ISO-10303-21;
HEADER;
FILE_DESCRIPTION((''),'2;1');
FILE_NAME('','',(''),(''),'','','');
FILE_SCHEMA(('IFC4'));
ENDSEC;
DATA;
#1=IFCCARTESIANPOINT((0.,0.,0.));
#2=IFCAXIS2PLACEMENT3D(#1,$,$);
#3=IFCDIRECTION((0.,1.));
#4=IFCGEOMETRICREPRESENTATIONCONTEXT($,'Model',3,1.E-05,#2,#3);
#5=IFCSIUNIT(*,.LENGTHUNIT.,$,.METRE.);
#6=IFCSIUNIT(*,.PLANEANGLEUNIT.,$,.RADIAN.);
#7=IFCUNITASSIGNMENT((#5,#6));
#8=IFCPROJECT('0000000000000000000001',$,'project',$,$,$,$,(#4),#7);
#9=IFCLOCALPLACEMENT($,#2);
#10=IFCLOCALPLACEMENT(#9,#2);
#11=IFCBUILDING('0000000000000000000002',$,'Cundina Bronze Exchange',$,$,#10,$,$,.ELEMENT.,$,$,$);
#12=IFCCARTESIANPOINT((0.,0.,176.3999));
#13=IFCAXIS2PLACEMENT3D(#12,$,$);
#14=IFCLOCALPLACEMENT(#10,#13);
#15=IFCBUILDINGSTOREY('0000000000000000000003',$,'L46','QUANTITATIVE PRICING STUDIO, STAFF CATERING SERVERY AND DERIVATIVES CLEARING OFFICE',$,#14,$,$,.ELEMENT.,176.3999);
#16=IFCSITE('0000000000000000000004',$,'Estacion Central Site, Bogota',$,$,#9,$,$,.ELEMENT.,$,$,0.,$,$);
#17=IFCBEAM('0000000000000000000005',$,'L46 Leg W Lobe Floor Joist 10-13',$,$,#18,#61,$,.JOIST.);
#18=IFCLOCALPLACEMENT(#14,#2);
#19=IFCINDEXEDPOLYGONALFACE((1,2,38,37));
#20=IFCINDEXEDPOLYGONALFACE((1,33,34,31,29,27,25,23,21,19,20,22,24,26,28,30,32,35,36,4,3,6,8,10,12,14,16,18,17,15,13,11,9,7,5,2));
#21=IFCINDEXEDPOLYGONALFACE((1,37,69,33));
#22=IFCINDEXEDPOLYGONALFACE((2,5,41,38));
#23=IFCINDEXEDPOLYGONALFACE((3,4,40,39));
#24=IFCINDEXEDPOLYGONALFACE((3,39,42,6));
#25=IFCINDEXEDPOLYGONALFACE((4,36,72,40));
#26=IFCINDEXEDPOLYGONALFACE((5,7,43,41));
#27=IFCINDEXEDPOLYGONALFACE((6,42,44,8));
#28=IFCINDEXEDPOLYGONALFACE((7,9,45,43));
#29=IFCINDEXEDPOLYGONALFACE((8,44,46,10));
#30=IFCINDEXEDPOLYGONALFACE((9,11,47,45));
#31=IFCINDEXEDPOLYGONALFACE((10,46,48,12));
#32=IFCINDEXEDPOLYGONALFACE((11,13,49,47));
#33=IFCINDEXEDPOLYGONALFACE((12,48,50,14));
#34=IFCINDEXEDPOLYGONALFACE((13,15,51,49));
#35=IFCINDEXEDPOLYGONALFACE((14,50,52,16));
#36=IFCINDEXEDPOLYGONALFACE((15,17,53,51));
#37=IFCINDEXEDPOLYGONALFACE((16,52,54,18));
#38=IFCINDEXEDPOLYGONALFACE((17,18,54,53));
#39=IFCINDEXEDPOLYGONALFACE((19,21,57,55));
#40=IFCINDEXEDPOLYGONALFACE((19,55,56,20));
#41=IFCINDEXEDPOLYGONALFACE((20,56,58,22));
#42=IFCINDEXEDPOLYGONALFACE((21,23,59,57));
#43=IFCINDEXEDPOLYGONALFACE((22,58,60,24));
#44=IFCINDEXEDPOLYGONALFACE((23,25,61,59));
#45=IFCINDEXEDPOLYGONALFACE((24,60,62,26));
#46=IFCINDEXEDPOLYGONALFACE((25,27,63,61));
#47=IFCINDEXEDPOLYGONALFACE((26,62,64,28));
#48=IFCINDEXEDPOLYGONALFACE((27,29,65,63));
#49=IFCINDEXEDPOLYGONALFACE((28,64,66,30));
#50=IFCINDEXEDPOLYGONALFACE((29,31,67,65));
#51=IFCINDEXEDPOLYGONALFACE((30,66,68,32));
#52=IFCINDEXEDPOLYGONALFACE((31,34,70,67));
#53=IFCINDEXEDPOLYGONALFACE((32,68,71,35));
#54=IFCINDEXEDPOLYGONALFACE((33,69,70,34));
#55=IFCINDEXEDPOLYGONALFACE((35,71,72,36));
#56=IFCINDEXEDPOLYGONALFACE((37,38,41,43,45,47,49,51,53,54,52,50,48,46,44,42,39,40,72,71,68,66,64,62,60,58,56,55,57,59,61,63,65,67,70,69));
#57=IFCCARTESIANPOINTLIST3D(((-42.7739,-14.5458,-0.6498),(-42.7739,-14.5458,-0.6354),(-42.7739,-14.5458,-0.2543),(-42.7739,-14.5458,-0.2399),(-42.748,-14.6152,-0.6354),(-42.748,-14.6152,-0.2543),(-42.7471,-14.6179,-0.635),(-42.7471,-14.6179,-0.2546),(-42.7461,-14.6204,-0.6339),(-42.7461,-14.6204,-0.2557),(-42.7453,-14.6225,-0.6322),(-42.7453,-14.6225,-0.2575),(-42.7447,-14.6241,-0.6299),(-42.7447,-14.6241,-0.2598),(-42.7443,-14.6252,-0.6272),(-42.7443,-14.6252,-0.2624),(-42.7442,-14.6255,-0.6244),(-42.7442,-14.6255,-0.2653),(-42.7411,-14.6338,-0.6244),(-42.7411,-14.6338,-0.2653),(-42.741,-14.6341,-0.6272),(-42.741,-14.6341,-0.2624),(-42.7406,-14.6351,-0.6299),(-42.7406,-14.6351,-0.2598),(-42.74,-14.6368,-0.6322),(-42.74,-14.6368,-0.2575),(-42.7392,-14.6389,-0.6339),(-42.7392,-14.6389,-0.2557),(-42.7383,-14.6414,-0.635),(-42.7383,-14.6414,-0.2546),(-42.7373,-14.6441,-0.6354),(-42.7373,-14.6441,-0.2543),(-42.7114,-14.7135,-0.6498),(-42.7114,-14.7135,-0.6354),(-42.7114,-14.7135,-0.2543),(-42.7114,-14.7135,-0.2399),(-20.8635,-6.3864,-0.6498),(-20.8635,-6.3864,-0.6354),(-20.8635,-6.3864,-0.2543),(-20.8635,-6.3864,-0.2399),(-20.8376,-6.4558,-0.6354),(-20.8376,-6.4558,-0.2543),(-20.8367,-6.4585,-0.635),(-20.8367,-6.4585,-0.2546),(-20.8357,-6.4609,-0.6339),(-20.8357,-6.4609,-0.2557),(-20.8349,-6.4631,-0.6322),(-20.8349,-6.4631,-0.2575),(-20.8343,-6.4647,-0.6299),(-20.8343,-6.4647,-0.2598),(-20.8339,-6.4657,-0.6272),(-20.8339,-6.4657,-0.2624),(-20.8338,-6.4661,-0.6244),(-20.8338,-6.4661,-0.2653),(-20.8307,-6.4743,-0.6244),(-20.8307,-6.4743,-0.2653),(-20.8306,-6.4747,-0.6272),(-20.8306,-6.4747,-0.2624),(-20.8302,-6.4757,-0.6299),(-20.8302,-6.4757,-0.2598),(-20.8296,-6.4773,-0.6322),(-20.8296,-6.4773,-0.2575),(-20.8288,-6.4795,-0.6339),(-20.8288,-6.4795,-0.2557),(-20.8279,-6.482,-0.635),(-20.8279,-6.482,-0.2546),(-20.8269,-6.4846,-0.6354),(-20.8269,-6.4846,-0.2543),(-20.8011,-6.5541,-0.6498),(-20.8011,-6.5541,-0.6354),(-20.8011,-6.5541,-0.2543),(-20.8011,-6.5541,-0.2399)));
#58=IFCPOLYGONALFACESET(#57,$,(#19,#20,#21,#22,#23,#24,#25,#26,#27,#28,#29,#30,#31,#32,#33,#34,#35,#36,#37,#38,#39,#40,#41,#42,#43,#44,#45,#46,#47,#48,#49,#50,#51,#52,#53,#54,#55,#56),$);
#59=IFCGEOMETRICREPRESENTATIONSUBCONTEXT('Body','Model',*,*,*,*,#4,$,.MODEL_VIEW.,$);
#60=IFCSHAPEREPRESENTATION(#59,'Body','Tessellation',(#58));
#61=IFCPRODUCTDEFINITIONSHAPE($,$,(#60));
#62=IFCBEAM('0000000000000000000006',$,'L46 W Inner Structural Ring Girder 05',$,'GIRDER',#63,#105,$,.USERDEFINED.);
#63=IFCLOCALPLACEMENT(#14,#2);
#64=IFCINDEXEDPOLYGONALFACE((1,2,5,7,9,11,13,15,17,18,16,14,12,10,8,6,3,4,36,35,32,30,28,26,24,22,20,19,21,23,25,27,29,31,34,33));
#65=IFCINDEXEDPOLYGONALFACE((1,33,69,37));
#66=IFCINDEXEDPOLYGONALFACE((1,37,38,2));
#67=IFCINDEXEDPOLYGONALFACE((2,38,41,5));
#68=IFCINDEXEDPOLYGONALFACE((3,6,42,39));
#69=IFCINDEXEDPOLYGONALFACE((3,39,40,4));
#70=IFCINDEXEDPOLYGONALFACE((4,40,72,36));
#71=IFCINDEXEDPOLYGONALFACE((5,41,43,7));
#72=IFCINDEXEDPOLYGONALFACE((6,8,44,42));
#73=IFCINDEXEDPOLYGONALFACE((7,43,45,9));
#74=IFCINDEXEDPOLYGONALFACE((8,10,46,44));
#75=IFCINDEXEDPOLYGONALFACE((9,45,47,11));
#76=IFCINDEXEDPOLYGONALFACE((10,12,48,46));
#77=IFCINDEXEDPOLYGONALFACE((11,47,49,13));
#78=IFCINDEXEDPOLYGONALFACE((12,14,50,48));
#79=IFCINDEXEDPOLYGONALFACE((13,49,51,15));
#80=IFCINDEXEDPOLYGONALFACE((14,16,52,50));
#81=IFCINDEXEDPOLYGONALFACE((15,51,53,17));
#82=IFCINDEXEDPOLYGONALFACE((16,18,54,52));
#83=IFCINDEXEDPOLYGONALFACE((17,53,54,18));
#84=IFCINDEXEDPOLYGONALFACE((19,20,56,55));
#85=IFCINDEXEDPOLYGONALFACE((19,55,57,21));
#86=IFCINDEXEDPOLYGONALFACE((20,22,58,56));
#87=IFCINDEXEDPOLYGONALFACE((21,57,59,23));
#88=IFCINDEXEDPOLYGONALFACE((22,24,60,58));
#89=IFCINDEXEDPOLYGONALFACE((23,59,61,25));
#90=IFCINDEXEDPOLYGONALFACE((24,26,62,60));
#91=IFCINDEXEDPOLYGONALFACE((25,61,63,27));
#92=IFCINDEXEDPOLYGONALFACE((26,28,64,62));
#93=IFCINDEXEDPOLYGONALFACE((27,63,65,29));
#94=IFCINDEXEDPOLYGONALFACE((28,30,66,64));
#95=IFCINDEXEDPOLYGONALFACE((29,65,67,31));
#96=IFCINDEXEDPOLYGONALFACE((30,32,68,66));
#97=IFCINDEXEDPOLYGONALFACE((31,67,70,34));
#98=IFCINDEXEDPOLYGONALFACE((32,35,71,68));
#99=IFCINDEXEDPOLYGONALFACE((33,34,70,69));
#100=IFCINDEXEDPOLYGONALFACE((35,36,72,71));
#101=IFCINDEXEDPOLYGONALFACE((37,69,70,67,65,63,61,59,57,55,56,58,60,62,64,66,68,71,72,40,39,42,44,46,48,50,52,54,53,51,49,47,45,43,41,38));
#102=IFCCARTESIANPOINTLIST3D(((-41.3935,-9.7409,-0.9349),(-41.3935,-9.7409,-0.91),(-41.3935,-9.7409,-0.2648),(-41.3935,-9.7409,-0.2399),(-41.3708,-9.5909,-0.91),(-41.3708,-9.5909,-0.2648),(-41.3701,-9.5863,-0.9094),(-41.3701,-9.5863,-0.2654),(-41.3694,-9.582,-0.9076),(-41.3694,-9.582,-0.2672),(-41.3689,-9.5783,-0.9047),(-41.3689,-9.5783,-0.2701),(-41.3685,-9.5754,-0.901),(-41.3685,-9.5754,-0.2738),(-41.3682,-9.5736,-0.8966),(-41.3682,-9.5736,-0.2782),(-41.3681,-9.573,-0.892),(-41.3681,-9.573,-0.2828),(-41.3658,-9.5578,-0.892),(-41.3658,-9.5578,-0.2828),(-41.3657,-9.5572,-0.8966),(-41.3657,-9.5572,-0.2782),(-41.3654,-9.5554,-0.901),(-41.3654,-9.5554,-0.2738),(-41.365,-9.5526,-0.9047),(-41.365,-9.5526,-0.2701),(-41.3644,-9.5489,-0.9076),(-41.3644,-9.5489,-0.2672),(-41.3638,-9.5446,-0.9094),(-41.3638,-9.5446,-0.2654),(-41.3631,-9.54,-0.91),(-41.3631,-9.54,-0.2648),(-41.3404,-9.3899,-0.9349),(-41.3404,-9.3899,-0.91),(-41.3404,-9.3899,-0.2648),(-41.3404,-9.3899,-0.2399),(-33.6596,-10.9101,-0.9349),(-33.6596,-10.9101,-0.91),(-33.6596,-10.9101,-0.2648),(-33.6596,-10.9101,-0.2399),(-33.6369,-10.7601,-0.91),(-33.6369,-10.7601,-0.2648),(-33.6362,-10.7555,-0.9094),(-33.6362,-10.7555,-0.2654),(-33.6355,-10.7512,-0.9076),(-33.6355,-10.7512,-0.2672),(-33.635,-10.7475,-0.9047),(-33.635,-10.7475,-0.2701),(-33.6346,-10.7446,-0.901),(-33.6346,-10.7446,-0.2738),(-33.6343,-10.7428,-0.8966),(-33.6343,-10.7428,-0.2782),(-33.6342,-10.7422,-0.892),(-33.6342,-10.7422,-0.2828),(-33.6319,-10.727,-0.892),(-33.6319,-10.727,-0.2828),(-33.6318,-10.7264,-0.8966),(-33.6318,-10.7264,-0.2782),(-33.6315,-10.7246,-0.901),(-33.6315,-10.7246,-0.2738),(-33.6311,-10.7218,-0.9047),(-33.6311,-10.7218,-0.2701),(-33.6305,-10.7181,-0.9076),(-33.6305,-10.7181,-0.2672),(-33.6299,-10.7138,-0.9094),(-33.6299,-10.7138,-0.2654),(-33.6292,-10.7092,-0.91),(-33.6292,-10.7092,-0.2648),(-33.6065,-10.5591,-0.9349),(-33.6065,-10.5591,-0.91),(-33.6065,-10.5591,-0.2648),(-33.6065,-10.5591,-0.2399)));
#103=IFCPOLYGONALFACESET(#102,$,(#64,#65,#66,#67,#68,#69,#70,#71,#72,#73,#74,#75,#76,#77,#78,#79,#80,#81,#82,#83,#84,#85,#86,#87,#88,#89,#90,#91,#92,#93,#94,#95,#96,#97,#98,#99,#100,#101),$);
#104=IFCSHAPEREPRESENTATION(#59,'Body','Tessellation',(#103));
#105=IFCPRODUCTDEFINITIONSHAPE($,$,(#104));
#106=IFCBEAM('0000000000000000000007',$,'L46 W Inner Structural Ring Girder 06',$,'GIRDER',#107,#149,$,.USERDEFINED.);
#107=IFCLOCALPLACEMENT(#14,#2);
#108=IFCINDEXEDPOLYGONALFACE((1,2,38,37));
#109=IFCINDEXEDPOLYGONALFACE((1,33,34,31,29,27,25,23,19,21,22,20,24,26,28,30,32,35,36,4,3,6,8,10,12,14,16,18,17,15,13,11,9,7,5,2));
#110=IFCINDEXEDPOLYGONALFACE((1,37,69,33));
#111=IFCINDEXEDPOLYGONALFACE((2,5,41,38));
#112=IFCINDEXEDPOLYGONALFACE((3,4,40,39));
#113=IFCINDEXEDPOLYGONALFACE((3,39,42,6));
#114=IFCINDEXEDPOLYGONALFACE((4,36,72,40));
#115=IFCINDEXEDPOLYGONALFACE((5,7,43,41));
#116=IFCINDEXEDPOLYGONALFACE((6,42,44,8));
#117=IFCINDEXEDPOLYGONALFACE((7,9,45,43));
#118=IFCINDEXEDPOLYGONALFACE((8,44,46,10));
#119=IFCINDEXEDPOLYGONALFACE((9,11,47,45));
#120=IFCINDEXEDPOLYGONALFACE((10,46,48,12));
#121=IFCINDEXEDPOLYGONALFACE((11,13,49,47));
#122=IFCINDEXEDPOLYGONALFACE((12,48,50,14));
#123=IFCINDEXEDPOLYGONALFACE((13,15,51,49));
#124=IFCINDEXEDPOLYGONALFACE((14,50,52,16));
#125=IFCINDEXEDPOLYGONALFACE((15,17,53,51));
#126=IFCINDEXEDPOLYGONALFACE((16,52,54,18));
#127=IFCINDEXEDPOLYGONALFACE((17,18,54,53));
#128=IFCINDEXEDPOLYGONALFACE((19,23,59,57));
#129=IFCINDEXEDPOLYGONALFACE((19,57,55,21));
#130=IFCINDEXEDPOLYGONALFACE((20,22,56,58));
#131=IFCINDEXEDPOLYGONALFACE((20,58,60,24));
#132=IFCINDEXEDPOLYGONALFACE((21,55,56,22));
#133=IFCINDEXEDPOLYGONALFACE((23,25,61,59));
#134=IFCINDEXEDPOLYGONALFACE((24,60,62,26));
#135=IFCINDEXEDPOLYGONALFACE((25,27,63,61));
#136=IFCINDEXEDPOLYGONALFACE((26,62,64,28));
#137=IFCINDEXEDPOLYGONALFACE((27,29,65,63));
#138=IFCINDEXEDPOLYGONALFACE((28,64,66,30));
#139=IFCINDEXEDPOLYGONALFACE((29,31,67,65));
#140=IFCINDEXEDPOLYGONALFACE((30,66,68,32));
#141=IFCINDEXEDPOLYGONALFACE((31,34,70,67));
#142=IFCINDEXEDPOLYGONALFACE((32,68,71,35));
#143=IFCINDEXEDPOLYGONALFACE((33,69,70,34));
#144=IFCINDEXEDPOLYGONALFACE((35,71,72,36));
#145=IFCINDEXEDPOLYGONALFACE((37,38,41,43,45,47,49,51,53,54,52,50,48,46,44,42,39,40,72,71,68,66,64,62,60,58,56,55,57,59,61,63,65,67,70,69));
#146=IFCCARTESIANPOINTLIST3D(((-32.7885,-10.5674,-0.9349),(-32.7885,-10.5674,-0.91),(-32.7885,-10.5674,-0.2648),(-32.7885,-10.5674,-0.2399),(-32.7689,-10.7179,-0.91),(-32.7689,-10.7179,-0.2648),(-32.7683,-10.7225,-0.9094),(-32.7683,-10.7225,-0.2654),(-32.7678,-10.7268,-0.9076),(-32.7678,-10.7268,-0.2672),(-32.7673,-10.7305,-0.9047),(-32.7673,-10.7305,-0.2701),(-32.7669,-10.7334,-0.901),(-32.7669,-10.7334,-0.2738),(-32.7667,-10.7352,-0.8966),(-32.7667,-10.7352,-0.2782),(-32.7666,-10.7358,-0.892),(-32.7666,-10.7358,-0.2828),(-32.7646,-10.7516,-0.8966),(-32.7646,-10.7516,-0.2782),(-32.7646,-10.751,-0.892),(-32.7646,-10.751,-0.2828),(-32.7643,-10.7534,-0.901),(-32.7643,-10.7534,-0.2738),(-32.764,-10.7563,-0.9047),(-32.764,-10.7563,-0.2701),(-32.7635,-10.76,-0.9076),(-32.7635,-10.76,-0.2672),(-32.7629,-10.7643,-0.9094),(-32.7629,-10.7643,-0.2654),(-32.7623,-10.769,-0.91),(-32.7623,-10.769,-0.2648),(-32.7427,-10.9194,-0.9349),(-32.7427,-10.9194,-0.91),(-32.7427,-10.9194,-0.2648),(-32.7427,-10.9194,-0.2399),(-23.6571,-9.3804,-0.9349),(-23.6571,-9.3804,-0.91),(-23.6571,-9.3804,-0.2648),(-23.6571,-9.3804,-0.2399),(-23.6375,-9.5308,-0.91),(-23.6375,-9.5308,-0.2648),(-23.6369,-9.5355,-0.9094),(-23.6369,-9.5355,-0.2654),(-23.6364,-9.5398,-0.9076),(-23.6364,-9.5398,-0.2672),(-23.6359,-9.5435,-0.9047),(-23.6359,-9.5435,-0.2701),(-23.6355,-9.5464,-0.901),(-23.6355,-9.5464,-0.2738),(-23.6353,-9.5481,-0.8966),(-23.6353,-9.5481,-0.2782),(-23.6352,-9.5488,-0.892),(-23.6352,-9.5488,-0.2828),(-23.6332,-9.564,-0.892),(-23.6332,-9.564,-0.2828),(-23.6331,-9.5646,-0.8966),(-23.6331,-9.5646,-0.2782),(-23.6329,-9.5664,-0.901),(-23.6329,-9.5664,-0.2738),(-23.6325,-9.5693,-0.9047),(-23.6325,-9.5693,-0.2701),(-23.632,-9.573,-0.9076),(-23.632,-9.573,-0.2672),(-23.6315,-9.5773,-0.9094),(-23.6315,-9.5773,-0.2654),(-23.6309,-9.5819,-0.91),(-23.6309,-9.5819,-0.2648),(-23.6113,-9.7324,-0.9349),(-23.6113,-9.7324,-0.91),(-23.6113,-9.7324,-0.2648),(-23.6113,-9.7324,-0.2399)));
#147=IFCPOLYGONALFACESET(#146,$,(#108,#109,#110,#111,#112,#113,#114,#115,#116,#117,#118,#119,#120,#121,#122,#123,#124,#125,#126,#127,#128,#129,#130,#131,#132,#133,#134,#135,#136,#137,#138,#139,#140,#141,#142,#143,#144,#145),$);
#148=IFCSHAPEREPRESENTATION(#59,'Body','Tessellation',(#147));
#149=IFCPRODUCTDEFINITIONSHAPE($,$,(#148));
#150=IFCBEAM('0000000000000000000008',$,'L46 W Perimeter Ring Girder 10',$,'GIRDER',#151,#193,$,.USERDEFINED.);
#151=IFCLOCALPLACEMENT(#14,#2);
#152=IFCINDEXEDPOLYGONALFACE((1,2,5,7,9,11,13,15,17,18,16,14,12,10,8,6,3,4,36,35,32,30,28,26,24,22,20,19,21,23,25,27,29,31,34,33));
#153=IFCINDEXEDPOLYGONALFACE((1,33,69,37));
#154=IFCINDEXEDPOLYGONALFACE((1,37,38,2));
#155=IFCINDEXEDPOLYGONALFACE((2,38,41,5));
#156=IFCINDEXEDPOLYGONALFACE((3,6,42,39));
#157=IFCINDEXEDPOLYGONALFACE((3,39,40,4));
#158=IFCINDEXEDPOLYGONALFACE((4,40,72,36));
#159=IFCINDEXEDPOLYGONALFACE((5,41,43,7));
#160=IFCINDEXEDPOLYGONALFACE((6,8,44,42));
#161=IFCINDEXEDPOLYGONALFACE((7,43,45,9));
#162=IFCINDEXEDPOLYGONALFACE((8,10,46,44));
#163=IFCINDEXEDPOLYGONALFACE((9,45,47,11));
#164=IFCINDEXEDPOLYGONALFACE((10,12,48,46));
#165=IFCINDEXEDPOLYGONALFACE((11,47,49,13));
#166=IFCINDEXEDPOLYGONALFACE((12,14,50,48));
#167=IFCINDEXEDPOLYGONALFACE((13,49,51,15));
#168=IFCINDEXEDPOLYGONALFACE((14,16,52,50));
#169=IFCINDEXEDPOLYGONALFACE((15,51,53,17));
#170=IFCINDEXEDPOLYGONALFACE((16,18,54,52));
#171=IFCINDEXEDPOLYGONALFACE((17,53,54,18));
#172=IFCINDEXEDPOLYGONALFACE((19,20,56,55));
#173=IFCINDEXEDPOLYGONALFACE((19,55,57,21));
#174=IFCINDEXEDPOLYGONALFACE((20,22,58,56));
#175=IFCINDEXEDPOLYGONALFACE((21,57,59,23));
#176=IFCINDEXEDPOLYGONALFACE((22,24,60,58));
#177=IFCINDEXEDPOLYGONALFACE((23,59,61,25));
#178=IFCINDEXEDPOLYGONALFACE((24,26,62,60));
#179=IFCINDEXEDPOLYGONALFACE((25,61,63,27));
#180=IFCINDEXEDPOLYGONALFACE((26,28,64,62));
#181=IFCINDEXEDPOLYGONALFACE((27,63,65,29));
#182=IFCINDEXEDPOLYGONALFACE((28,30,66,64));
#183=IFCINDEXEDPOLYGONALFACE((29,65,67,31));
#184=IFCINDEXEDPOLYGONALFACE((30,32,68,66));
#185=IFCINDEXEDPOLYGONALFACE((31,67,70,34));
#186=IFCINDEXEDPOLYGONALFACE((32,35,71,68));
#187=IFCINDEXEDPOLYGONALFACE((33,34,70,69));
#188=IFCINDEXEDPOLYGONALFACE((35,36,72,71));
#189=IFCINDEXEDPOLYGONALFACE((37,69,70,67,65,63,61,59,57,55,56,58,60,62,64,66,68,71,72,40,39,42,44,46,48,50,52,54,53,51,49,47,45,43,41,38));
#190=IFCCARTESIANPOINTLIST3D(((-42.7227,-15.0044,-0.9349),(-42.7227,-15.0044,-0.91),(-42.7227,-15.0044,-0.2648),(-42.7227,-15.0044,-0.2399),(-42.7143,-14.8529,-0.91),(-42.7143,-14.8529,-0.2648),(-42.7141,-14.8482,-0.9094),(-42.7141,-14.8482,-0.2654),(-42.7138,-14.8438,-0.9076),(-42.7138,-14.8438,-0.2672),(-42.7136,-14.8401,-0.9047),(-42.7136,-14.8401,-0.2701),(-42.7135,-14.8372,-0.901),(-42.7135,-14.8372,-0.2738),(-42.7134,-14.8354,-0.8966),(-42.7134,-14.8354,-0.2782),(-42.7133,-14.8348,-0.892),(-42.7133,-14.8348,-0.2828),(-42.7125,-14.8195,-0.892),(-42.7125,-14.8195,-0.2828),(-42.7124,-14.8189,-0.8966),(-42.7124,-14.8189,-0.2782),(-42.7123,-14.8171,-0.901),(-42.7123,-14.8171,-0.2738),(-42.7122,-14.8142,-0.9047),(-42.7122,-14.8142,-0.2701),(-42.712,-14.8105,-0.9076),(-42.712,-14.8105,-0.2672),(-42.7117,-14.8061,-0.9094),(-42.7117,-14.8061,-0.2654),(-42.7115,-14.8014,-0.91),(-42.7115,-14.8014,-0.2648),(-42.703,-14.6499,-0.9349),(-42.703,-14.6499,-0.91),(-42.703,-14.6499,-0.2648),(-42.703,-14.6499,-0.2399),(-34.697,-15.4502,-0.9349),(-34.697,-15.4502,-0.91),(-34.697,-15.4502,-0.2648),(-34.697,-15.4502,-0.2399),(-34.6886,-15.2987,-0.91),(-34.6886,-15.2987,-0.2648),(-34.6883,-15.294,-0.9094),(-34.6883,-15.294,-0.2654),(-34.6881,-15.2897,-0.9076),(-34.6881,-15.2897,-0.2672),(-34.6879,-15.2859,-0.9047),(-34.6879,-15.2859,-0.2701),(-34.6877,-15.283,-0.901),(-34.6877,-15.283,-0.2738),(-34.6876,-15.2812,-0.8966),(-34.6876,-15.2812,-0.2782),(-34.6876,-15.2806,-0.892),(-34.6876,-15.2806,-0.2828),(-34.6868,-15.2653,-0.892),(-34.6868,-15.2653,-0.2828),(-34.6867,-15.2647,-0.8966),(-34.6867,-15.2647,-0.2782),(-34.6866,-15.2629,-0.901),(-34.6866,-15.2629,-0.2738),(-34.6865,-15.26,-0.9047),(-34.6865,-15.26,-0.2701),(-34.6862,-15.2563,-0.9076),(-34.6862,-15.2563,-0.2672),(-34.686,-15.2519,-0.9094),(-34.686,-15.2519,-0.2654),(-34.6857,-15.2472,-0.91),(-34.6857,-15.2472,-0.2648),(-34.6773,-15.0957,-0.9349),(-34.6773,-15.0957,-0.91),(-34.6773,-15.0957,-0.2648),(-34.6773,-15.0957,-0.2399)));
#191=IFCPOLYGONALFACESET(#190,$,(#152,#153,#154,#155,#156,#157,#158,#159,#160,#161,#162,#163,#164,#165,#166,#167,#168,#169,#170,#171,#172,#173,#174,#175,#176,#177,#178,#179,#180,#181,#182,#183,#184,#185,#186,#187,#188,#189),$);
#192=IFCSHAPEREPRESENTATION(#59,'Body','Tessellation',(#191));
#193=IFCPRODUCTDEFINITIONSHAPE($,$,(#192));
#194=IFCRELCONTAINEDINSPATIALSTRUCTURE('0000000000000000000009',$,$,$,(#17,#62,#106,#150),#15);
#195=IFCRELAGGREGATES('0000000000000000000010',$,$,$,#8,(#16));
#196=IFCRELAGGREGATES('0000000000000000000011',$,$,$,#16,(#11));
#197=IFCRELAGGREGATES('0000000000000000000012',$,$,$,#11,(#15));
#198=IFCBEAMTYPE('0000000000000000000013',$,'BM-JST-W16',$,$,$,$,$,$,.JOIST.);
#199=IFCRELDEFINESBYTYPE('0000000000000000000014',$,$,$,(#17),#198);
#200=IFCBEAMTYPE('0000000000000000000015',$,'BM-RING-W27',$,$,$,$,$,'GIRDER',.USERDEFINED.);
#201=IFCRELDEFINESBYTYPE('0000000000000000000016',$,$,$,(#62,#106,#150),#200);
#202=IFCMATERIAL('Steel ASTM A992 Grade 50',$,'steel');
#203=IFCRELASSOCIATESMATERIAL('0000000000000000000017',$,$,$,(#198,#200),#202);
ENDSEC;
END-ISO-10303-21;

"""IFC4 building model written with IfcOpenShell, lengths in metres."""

from ifc_helpers import new_model, si_unit, direction, frame, origin, origin_2d, place, context, subcontext, project, spatial, i_section, extrude, material, material_profile, profile_set, type_object, element, save


model = new_model("IFC4")

# Units and contexts
model_context = context("Model", 3, precision=1e-05, world=origin(), true_north=direction((0.0, 1.0)))
body_context = subcontext(model_context, "Body", "Model", "MODEL_VIEW")
ifc_project = project(units=[si_unit("LENGTHUNIT", "METRE"), si_unit("PLANEANGLEUNIT", "RADIAN")], contexts=[model_context])

# Site, building, storey
site_placement = place(None, origin())
site = spatial("IfcSite", under=ifc_project, at=site_placement, Name="Estacion Central Site, Bogota", CompositionType="ELEMENT", RefElevation=0.0)
building_placement = place(site_placement, origin())
building = spatial("IfcBuilding", under=site, at=building_placement, Name="Cundina Bronze Exchange", CompositionType="ELEMENT")
storey_placement = place(building_placement, frame((0.0, 0.0, 176.3999)))
storey = spatial("IfcBuildingStorey", under=building, at=storey_placement, Name="L46", Description="QUANTITATIVE PRICING STUDIO, STAFF CATERING SERVERY AND DERIVATIVES CLEARING OFFICE", CompositionType="ELEMENT", Elevation=176.3999)

# Beams
ifc_material_1 = material(Name="Steel ASTM A992 Grade 50", Category="steel")
ifc_material_profile_1 = material_profile(ifc_material_1, i_section(OverallWidth=0.179, OverallDepth=0.4099, WebThickness=0.0088, FlangeThickness=0.0144, FilletRadius=0.011, at=origin_2d()), Name="W16X45", Category="steel")
ifc_profile_set_1 = profile_set([ifc_material_profile_1], Name="Steel ASTM A992 Grade 50")
beam_type_1 = type_object("IfcBeamType", Name="BM-JST-W16", PredefinedType="JOIST", material=ifc_profile_set_1)
beam_1_placement = place(storey_placement, frame((-42.7427, -14.6296, -0.4448), z_axis=(0.937128, 0.348986, 0.0), x_axis=(-0.348986, 0.937128, 0.0)))
element("IfcBeam", 1, at=beam_1_placement, inside=storey, type_object=beam_type_1, Name="L46 Leg W Lobe Floor Joist 10-13", PredefinedType="JOIST", context=body_context, shape_type="SweptSolid", body=[
    extrude(i_section(OverallWidth=0.179, OverallDepth=0.4099, WebThickness=0.0088, FlangeThickness=0.0144, FilletRadius=0.011, at=origin_2d()), origin(), (0.0, 0.0, 1.0), 23.3804),
])
ifc_material_profile_2 = material_profile(ifc_material_1, i_section(OverallWidth=0.355, OverallDepth=0.6951, WebThickness=0.0154, FlangeThickness=0.0249, FilletRadius=0.0181, at=origin_2d()), Name="W27X146", Category="steel")
ifc_profile_set_2 = profile_set([ifc_material_profile_2], Name="Steel ASTM A992 Grade 50")
beam_type_2 = type_object("IfcBeamType", Name="BM-RING-W27", ElementType="GIRDER", PredefinedType="USERDEFINED", material=ifc_profile_set_2)
beam_2_placement = place(storey_placement, frame((-41.3669, -9.5654, -0.5874), z_axis=(0.988765, -0.149479, 0.0), x_axis=(0.149479, 0.988765, 0.0)))
element("IfcBeam", 2, at=beam_2_placement, inside=storey, type_object=beam_type_2, Name="L46 W Inner Structural Ring Girder 05", ObjectType="GIRDER", PredefinedType="USERDEFINED", context=body_context, shape_type="SweptSolid", body=[
    extrude(i_section(OverallWidth=0.355, OverallDepth=0.6951, WebThickness=0.0154, FlangeThickness=0.0249, FilletRadius=0.0181, at=origin_2d()), origin(), (0.0, 0.0, 1.0), 7.8218),
])
beam_3_placement = place(storey_placement, frame((-32.7656, -10.7434, -0.5874), z_axis=(0.991656, 0.128908, 0.0), x_axis=(-0.128908, 0.991656, 0.0)))
element("IfcBeam", 3, at=beam_3_placement, inside=storey, type_object=beam_type_2, Name="L46 W Inner Structural Ring Girder 06", ObjectType="GIRDER", PredefinedType="USERDEFINED", context=body_context, shape_type="SweptSolid", body=[
    extrude(i_section(OverallWidth=0.355, OverallDepth=0.6951, WebThickness=0.0154, FlangeThickness=0.0249, FilletRadius=0.0181, at=origin_2d()), origin(), (0.0, 0.0, 1.0), 9.2083),
])
for number, where, z_axis, x_axis, name in (
    (4, (-42.7129, -14.8271, -0.5874), (0.998461, -0.055462, 0.0), (0.055462, 0.998461, 0.0), "L46 W Perimeter Ring Girder 10"),
):
    element("IfcBeam", number, at=place(storey_placement, frame(where, z_axis=z_axis, x_axis=x_axis)), inside=storey, type_object=beam_type_2, Name=name, ObjectType="GIRDER", PredefinedType="USERDEFINED", context=body_context, shape_type="SweptSolid", body=[
        extrude(i_section(OverallWidth=0.355, OverallDepth=0.6951, WebThickness=0.0154, FlangeThickness=0.0249, FilletRadius=0.0181, at=origin_2d()), origin(), (0.0, 0.0, 1.0), 8.0381),
    ])

save(model, "model.ifc")
